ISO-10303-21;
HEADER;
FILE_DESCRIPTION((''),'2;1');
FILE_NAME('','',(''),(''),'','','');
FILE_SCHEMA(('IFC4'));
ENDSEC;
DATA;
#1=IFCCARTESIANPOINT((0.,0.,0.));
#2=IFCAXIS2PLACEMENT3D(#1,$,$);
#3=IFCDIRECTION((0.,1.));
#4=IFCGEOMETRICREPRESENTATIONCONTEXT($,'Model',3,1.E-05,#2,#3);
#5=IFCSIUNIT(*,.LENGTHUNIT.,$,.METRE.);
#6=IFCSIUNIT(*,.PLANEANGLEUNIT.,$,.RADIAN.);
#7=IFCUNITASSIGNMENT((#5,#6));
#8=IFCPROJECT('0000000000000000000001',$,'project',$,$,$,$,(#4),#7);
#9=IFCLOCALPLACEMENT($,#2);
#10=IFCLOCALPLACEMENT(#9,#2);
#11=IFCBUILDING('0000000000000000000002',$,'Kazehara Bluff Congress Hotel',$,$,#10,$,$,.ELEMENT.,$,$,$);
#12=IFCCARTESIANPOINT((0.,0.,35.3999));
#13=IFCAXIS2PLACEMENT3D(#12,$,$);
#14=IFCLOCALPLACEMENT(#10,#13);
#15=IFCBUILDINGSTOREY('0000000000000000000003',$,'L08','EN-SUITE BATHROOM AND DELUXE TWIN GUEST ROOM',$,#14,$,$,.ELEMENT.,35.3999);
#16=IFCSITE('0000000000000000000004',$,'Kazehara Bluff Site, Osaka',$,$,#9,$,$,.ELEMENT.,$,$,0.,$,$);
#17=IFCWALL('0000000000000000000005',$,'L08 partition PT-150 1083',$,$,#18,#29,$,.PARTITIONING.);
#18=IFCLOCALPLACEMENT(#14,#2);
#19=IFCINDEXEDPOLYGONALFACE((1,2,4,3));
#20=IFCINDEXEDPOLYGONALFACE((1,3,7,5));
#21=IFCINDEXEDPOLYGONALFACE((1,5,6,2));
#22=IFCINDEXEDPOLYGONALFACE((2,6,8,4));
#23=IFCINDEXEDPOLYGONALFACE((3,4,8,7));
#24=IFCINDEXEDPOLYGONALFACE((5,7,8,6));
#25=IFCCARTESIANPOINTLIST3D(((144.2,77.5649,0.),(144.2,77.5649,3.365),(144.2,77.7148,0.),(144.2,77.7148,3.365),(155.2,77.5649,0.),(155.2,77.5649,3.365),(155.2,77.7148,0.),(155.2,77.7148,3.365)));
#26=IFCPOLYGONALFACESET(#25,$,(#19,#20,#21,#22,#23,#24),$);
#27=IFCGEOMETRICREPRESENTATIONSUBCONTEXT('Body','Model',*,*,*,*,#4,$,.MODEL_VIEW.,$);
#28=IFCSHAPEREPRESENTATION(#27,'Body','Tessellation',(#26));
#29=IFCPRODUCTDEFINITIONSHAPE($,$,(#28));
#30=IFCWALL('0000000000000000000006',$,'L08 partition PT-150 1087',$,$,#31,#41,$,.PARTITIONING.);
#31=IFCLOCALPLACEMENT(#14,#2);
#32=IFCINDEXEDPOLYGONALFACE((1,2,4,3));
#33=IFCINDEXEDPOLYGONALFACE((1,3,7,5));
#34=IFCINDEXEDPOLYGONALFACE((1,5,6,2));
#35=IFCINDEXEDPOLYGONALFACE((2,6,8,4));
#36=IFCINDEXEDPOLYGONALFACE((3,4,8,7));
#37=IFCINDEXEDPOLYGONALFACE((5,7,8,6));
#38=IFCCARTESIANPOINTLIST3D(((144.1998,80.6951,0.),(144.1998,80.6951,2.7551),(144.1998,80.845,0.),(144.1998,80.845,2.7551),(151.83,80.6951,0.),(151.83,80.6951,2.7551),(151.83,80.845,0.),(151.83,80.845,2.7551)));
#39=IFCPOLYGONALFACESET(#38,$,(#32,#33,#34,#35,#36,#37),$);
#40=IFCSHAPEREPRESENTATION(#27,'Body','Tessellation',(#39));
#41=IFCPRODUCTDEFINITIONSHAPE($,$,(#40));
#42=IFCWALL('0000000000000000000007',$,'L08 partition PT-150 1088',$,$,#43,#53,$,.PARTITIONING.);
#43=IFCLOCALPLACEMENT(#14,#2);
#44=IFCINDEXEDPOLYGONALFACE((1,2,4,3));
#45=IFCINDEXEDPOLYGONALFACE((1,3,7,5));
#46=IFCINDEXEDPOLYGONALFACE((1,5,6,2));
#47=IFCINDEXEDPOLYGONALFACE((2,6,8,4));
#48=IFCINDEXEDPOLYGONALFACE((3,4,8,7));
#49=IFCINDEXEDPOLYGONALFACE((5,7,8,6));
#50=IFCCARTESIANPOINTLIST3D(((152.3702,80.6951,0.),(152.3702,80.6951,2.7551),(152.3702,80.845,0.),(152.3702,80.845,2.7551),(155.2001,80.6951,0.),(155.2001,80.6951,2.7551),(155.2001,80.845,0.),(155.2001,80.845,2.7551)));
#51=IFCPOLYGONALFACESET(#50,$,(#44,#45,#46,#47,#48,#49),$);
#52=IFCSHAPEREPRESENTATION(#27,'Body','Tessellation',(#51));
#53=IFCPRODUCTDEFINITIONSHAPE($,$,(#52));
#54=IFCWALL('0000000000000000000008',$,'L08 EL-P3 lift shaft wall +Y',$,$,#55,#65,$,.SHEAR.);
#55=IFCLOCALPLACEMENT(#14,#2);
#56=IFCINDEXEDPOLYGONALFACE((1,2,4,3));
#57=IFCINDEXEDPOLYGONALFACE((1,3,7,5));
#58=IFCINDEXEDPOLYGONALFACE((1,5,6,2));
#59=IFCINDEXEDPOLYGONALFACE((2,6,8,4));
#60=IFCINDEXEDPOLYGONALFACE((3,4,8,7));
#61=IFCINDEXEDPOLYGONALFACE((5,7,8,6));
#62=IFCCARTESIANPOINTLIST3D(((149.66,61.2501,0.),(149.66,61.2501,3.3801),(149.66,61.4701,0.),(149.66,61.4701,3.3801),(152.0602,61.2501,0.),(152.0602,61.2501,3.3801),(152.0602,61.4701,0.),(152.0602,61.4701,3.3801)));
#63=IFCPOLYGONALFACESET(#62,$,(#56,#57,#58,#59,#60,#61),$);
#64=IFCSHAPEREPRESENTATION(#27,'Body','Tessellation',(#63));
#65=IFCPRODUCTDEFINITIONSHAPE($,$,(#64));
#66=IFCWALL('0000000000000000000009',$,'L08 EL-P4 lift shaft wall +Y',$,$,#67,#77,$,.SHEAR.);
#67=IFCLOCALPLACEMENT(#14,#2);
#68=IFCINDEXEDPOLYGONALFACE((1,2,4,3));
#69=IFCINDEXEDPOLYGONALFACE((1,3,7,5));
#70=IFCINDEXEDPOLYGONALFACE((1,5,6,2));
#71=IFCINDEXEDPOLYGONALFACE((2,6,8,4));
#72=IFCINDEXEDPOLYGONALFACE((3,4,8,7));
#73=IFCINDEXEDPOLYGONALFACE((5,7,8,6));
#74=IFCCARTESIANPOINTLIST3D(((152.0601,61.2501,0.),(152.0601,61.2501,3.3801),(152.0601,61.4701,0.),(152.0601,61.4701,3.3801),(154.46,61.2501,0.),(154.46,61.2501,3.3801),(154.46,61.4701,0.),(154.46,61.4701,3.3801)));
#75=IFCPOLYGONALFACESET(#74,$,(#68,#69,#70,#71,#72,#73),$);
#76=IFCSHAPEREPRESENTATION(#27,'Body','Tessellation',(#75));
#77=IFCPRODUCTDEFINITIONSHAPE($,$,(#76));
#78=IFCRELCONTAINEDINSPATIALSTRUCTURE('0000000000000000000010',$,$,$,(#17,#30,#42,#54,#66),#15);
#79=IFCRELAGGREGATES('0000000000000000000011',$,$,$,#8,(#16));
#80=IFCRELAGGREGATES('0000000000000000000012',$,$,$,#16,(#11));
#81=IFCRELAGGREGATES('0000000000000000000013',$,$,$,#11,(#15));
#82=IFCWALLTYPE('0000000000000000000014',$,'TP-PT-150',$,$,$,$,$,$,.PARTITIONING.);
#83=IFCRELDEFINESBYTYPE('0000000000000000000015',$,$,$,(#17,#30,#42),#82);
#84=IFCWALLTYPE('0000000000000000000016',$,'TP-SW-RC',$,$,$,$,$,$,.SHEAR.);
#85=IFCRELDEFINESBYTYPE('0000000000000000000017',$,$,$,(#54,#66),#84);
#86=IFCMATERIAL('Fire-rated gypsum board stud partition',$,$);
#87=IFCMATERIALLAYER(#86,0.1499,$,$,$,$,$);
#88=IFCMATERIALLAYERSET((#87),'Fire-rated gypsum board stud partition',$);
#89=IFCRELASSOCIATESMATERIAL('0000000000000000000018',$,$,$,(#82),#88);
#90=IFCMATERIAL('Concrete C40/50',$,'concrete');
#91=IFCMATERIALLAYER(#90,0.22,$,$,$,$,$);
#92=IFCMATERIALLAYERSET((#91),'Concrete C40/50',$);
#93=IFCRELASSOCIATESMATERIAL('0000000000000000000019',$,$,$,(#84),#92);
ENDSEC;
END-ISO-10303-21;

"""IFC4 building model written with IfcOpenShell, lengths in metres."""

from ifc_helpers import new_model, si_unit, direction, frame, frame_2d, origin, place, context, subcontext, project, spatial, rectangle, extrude, material, layer, layer_set, type_object, element, save


model = new_model("IFC4")

# Units and contexts
model_context = context("Model", 3, precision=1e-05, world=origin(), true_north=direction((0.0, 1.0)))
body_context = subcontext(model_context, "Body", "Model", "MODEL_VIEW")
ifc_project = project(units=[si_unit("LENGTHUNIT", "METRE"), si_unit("PLANEANGLEUNIT", "RADIAN")], contexts=[model_context])

# Site, building, storey
site_placement = place(None, origin())
site = spatial("IfcSite", under=ifc_project, at=site_placement, Name="Kazehara Bluff Site, Osaka", CompositionType="ELEMENT", RefElevation=0.0)
building_placement = place(site_placement, origin())
building = spatial("IfcBuilding", under=site, at=building_placement, Name="Kazehara Bluff Congress Hotel", CompositionType="ELEMENT")
storey_placement = place(building_placement, frame((0.0, 0.0, 35.3999)))
storey = spatial("IfcBuildingStorey", under=building, at=storey_placement, Name="L08", Description="EN-SUITE BATHROOM AND DELUXE TWIN GUEST ROOM", CompositionType="ELEMENT", Elevation=35.3999)

# Shared definitions
ifc_material_1 = material(Name="Fire-rated gypsum board stud partition")
ifc_layer_1 = layer(ifc_material_1, 0.1499)
ifc_layer_set_1 = layer_set([ifc_layer_1], Name="Fire-rated gypsum board stud partition")
wall_type_1 = type_object("IfcWallType", Name="TP-PT-150", PredefinedType="PARTITIONING", material=ifc_layer_set_1)

# Wall
wall_1_placement = place(storey_placement, frame((144.2, 77.6399, 0.0), z_axis=(0.0, 0.0, 1.0), x_axis=(1.0, 0.0, 0.0)))
element("IfcWall", 1, at=wall_1_placement, inside=storey, type_object=wall_type_1, Name="L08 partition PT-150 1083", PredefinedType="PARTITIONING", context=body_context, shape_type="SweptSolid", body=[
    extrude(rectangle(XDim=11.0, YDim=0.1499, at=frame_2d((5.5, 0.0))), origin(), (0.0, 0.0, 1.0), 3.365),
])

# Walls
wall_2_placement = place(storey_placement, frame((144.2, 80.77, 0.0), z_axis=(0.0, 0.0, 1.0), x_axis=(1.0, 0.0, 0.0)))
element("IfcWall", 2, at=wall_2_placement, inside=storey, type_object=wall_type_1, Name="L08 partition PT-150 1087", PredefinedType="PARTITIONING", context=body_context, shape_type="SweptSolid", body=[
    extrude(rectangle(XDim=7.6301, YDim=0.1499, at=frame_2d((3.8149, 0.0))), origin(), (0.0, 0.0, 1.0), 2.7551),
])
wall_3_placement = place(storey_placement, frame((152.3701, 80.77, 0.0), z_axis=(0.0, 0.0, 1.0), x_axis=(1.0, 0.0, 0.0)))
element("IfcWall", 3, at=wall_3_placement, inside=storey, type_object=wall_type_1, Name="L08 partition PT-150 1088", PredefinedType="PARTITIONING", context=body_context, shape_type="SweptSolid", body=[
    extrude(rectangle(XDim=2.8298, YDim=0.1499, at=frame_2d((1.415, 0.0))), origin(), (0.0, 0.0, 1.0), 2.7551),
])
ifc_material_2 = material(Name="Concrete C40/50", Category="concrete")
ifc_layer_2 = layer(ifc_material_2, 0.22)
ifc_layer_set_2 = layer_set([ifc_layer_2], Name="Concrete C40/50")
wall_type_2 = type_object("IfcWallType", Name="TP-SW-RC", PredefinedType="SHEAR", material=ifc_layer_set_2)
wall_4_placement = place(storey_placement, frame((149.6599, 61.3601, 0.0), z_axis=(0.0, 0.0, 1.0), x_axis=(1.0, 0.0, 0.0)))
element("IfcWall", 4, at=wall_4_placement, inside=storey, type_object=wall_type_2, Name="L08 EL-P3 lift shaft wall +Y", PredefinedType="SHEAR", context=body_context, shape_type="SweptSolid", body=[
    extrude(rectangle(XDim=2.4001, YDim=0.22, at=frame_2d((1.2002, 0.0))), origin(), (0.0, 0.0, 1.0), 3.3801),
])
wall_5_placement = place(storey_placement, frame((152.0601, 61.3601, 0.0), z_axis=(0.0, 0.0, 1.0), x_axis=(1.0, 0.0, 0.0)))
element("IfcWall", 5, at=wall_5_placement, inside=storey, type_object=wall_type_2, Name="L08 EL-P4 lift shaft wall +Y", PredefinedType="SHEAR", context=body_context, shape_type="SweptSolid", body=[
    extrude(rectangle(XDim=2.3999, YDim=0.22, at=frame_2d((1.2, 0.0))), origin(), (0.0, 0.0, 1.0), 3.3801),
])

save(model, "model.ifc")
